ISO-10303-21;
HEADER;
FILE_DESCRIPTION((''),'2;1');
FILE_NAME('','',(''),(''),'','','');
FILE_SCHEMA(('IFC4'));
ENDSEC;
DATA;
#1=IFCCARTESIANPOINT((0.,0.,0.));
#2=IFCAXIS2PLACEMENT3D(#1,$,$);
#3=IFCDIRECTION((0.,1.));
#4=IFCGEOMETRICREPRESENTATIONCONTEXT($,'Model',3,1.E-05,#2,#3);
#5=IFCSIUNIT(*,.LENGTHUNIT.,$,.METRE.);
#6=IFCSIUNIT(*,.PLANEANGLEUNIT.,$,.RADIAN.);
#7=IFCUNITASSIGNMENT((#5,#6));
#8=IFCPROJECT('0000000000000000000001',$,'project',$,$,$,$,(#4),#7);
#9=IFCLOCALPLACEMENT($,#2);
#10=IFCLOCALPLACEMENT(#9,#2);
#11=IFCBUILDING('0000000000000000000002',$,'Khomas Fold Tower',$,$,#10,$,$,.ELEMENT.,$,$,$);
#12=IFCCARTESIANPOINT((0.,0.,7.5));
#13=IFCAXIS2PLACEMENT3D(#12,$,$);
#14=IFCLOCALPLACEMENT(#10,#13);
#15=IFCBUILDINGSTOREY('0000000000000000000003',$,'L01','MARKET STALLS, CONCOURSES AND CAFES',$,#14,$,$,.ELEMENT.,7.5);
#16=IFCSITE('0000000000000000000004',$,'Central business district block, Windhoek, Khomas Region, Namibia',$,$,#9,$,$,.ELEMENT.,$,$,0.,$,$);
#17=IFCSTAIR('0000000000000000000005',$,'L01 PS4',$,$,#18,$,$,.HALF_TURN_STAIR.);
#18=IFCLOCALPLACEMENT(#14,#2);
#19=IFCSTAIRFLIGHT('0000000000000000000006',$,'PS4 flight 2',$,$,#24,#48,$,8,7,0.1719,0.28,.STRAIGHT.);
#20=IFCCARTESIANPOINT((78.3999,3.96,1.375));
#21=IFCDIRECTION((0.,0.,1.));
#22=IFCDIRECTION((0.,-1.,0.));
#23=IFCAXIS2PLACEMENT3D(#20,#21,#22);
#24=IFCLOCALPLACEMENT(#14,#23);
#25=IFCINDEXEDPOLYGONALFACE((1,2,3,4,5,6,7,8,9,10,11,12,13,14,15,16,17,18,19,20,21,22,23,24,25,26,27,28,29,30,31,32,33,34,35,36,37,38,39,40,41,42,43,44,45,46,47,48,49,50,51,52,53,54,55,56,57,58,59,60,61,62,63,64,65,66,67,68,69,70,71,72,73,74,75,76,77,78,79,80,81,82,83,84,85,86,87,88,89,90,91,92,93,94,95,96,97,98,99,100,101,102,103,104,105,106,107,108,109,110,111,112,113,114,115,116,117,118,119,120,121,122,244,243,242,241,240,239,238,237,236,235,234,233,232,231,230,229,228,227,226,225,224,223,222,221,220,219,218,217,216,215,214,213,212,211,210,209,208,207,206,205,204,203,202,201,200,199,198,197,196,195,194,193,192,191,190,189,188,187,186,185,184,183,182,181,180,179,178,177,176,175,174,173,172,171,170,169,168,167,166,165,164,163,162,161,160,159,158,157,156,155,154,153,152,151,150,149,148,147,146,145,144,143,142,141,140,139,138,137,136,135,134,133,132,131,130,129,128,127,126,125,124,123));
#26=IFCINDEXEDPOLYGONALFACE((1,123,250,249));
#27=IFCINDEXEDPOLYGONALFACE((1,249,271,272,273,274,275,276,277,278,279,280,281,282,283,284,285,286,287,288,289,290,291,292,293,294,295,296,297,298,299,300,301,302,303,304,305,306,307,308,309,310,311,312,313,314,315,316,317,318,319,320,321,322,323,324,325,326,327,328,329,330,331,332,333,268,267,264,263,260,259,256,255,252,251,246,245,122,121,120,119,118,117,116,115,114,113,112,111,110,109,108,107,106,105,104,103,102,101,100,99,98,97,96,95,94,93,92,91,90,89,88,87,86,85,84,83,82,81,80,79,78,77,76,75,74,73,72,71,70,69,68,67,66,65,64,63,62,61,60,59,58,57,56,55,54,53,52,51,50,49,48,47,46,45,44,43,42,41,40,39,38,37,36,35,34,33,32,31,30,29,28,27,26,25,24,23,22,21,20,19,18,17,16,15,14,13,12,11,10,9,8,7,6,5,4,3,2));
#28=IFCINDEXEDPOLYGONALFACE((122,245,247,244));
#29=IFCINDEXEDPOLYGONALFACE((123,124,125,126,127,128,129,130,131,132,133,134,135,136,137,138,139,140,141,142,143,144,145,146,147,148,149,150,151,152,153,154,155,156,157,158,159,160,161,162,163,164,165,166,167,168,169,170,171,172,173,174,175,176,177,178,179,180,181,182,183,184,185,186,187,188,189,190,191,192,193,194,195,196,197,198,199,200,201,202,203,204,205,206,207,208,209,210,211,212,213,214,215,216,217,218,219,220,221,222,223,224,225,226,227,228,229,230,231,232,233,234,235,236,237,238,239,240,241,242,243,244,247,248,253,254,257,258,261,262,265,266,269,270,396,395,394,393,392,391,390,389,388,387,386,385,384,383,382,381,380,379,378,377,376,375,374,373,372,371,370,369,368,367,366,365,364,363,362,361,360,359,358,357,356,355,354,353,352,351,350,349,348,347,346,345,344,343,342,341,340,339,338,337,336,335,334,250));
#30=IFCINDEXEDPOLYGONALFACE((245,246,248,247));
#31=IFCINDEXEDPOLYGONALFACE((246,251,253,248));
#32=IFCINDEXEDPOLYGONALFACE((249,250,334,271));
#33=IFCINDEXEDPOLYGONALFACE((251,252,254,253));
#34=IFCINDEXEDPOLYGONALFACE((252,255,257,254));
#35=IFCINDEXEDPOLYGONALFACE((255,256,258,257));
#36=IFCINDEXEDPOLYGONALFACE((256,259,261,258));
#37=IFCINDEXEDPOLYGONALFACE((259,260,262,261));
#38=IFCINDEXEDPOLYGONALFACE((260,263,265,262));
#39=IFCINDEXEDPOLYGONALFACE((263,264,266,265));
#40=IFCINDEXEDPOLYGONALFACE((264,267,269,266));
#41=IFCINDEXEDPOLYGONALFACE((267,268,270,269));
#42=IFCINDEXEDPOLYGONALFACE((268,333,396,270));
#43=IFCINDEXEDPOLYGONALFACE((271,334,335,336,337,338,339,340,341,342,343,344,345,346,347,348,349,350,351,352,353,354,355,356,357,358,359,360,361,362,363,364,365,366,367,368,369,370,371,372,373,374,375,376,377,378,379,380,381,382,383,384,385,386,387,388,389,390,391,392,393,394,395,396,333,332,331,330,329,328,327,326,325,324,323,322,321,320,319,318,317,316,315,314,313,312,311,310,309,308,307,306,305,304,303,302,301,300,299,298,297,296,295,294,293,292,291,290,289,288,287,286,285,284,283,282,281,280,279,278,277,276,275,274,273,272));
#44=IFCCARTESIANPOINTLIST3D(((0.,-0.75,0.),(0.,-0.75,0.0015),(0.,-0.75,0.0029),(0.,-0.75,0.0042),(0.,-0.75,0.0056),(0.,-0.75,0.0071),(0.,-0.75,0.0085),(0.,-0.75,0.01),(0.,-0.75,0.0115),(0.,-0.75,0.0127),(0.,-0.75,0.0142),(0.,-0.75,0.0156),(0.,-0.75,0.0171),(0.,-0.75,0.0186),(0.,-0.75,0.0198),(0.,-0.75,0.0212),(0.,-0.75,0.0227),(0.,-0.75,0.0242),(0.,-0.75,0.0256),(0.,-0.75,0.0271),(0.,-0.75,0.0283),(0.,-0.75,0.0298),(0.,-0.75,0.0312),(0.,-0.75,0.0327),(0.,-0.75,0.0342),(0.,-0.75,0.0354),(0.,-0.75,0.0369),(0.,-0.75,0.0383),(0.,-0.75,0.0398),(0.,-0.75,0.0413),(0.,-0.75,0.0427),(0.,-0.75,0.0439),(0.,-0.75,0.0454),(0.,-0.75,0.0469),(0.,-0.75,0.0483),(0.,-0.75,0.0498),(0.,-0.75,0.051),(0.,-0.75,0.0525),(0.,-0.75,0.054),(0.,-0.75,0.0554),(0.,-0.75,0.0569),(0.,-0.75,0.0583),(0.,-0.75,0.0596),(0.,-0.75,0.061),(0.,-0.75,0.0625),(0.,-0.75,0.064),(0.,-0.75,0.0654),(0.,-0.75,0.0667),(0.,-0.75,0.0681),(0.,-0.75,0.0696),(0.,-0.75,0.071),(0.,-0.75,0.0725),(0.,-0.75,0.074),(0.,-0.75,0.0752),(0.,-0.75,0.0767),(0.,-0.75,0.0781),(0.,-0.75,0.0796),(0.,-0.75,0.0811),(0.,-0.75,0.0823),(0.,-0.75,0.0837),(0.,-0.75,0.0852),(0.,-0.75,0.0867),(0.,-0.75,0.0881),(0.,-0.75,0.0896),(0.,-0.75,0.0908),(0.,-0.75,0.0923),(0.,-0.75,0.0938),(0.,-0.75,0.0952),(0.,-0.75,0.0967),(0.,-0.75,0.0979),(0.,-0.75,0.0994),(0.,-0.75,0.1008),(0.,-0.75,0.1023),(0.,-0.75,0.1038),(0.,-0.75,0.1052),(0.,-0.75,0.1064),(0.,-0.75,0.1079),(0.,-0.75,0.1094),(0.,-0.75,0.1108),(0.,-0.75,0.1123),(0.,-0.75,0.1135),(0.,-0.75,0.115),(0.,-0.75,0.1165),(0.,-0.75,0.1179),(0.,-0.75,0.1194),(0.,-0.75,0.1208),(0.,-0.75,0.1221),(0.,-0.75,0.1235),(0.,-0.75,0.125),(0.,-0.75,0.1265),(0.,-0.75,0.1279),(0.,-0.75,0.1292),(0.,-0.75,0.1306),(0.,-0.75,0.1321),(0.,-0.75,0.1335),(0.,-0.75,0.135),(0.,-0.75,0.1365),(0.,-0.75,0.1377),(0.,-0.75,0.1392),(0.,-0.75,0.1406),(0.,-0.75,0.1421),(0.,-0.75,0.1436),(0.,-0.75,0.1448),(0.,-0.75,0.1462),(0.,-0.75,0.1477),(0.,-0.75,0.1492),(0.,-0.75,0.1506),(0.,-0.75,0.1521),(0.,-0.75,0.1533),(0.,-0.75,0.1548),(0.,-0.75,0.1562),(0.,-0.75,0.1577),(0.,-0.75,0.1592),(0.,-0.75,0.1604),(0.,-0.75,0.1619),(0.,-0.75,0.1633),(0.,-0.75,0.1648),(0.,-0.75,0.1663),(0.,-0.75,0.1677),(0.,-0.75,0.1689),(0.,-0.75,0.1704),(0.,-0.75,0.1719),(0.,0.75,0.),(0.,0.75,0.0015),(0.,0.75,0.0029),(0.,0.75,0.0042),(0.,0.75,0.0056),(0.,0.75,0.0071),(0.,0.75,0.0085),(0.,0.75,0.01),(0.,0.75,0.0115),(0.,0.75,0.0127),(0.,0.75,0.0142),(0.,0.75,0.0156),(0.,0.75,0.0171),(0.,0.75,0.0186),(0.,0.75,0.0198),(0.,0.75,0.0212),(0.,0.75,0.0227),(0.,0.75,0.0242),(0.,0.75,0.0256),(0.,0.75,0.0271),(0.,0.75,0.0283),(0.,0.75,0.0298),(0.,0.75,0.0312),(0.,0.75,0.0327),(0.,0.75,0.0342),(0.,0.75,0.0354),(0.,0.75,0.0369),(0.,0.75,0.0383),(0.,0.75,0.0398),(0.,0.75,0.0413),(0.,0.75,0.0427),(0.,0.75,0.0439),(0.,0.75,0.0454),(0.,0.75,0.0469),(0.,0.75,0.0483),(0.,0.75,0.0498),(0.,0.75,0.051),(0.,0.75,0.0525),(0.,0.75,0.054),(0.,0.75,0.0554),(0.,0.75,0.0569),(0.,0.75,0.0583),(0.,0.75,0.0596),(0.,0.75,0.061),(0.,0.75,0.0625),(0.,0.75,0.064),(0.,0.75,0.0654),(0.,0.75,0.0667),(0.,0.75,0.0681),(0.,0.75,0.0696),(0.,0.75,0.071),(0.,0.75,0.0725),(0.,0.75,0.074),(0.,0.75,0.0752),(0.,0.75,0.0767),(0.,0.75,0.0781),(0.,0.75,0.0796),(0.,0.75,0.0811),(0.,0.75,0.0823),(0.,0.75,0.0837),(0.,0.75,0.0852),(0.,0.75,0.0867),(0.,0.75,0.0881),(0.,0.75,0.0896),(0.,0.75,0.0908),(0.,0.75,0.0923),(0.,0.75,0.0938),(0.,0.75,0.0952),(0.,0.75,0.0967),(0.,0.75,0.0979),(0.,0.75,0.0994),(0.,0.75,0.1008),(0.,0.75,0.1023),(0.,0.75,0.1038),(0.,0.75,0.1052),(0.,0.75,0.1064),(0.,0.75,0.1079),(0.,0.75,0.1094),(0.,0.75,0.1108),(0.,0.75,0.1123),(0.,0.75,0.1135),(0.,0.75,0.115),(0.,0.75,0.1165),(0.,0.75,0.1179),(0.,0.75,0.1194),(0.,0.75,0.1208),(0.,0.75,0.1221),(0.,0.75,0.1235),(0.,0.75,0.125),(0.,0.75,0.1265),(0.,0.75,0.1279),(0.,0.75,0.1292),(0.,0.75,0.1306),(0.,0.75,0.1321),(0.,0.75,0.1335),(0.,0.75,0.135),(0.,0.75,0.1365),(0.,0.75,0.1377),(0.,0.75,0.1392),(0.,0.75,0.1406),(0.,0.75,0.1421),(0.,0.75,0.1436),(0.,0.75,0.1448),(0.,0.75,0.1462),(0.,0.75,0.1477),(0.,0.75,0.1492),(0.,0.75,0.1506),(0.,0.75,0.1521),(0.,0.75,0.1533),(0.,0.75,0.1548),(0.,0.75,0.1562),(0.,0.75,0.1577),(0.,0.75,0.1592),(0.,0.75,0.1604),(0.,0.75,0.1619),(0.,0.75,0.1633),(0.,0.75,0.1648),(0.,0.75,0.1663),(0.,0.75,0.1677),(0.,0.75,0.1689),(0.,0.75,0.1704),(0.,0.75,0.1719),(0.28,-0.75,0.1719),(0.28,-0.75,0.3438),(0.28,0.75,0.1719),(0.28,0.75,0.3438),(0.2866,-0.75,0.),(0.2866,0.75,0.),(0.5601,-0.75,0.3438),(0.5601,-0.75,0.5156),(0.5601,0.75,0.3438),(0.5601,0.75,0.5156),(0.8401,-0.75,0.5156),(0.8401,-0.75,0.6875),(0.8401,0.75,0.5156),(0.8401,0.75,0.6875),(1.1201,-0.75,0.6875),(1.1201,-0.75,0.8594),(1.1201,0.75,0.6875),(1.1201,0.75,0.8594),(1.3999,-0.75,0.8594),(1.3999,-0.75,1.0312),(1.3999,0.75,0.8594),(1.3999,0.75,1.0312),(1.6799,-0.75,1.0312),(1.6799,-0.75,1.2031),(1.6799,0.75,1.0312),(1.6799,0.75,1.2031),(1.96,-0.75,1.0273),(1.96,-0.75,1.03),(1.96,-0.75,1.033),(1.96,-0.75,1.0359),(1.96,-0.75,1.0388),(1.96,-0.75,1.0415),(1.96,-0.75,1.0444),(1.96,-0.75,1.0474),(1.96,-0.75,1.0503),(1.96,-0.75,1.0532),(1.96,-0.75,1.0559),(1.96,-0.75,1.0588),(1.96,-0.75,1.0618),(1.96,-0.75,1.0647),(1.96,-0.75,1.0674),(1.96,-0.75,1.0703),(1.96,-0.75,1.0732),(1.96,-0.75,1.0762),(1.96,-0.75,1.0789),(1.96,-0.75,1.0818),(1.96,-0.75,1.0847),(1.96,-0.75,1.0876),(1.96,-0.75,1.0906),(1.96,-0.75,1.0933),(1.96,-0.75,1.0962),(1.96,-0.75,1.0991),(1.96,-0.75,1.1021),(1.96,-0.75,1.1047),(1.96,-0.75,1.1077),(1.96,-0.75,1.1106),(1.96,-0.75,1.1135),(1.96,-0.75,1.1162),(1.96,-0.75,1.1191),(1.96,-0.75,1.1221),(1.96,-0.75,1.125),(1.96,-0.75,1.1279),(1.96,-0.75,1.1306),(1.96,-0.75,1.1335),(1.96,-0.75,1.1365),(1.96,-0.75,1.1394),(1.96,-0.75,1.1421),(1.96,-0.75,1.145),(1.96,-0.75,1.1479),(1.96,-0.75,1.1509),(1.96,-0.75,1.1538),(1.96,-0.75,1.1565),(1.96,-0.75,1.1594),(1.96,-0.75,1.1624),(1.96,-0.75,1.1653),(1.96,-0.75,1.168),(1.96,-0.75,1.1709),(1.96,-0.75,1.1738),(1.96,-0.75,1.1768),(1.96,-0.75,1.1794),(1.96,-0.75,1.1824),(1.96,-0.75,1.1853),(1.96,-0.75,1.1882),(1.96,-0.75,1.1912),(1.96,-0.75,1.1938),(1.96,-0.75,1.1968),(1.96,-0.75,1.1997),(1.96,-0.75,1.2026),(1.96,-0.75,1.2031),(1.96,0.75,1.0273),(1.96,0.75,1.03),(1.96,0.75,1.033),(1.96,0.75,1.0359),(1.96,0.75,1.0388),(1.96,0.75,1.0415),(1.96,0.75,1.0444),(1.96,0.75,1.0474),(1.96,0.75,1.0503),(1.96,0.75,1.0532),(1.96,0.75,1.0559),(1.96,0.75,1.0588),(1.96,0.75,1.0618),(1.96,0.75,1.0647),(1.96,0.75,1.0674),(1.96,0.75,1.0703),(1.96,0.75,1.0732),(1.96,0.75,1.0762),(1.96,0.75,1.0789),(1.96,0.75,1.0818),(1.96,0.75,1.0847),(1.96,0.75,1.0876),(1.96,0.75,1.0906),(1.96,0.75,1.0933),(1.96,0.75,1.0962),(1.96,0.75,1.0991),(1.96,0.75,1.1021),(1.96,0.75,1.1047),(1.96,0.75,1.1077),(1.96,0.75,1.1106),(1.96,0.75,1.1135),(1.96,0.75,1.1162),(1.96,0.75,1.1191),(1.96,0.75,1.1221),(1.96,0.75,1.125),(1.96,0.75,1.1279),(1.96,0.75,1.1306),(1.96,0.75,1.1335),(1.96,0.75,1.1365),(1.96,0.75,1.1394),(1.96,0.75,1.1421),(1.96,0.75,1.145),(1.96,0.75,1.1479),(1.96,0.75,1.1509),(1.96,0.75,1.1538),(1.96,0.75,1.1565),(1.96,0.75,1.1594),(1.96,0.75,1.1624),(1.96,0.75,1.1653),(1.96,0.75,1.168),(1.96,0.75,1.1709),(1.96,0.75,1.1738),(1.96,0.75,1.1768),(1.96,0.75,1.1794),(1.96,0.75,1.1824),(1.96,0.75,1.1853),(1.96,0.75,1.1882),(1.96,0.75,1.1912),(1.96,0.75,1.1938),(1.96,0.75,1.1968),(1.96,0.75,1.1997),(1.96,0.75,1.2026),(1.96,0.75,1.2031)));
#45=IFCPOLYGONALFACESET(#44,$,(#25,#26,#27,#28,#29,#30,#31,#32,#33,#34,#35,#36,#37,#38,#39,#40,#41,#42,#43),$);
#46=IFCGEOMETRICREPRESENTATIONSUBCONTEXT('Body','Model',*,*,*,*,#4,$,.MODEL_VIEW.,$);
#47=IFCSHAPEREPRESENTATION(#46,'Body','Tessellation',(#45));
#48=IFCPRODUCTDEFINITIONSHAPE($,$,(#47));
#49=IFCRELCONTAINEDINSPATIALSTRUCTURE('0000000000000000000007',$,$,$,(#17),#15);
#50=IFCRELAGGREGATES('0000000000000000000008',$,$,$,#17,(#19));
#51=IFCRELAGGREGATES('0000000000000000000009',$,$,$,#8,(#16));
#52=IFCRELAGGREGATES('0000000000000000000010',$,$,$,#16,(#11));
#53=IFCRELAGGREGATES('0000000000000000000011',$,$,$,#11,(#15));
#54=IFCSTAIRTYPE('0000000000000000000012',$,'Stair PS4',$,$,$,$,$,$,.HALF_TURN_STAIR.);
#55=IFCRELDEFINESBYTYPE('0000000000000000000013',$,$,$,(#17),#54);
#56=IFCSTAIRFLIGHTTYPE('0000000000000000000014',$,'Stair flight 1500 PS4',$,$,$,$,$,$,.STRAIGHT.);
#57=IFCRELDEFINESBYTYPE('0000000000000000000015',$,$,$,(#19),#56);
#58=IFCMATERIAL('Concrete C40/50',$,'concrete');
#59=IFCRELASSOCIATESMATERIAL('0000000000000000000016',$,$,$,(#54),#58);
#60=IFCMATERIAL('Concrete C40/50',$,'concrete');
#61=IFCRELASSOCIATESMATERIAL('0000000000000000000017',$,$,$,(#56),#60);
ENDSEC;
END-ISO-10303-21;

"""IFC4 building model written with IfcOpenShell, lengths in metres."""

from ifc_helpers import new_model, si_unit, direction, frame, origin, place, context, subcontext, project, spatial, polyline, outline, extrude, source, transform, mapped, material, type_object, element, aggregate, save


model = new_model("IFC4")

# Units and contexts
model_context = context("Model", 3, precision=1e-05, world=origin(), true_north=direction((0.0, 1.0)))
body_context = subcontext(model_context, "Body", "Model", "MODEL_VIEW")
ifc_project = project(units=[si_unit("LENGTHUNIT", "METRE"), si_unit("PLANEANGLEUNIT", "RADIAN")], contexts=[model_context])

# Site, building, storey
site_placement = place(None, origin())
site = spatial("IfcSite", under=ifc_project, at=site_placement, Name="Central business district block, Windhoek, Khomas Region, Namibia", CompositionType="ELEMENT", RefElevation=0.0)
building_placement = place(site_placement, origin())
building = spatial("IfcBuilding", under=site, at=building_placement, Name="Khomas Fold Tower", CompositionType="ELEMENT")
storey_placement = place(building_placement, frame((0.0, 0.0, 7.5)))
storey = spatial("IfcBuildingStorey", under=building, at=storey_placement, Name="L01", Description="MARKET STALLS, CONCOURSES AND CAFES", CompositionType="ELEMENT", Elevation=7.5)

# Stair, stair flight
ifc_material_1 = material(Name="Concrete C40/50", Category="concrete")
stair_type = type_object("IfcStairType", Name="Stair PS4", PredefinedType="HALF_TURN_STAIR", material=ifc_material_1)
stair_placement = place(storey_placement, origin())
stair = element("IfcStair", 1, at=stair_placement, inside=storey, type_object=stair_type, Name="L01 PS4", PredefinedType="HALF_TURN_STAIR")
ifc_material_2 = material(Name="Concrete C40/50", Category="concrete")
stair_flight_type = type_object("IfcStairFlightType", Name="Stair flight 1500 PS4", PredefinedType="STRAIGHT", material=ifc_material_2)
shared_shape_1 = source(origin(), body_context, "Body", "SweptSolid", [
    extrude(outline(polyline([(0.0, 0.0), (0.0, 0.0015), (0.0, 0.0029), (0.0, 0.0042), (0.0, 0.0056), (0.0, 0.0071), (0.0, 0.0085), (0.0, 0.01), (0.0, 0.0115), (0.0, 0.0127), (0.0, 0.0142), (0.0, 0.0156), (0.0, 0.0171), (0.0, 0.0186), (0.0, 0.0198), (0.0, 0.0212), (0.0, 0.0227), (0.0, 0.0242), (0.0, 0.0256), (0.0, 0.0271), (0.0, 0.0283), (0.0, 0.0298), (0.0, 0.0312), (0.0, 0.0327), (0.0, 0.0342), (0.0, 0.0354), (0.0, 0.0369), (0.0, 0.0383), (0.0, 0.0398), (0.0, 0.0413), (0.0, 0.0427), (0.0, 0.0439), (0.0, 0.0454), (0.0, 0.0469), (0.0, 0.0483), (0.0, 0.0498), (0.0, 0.051), (0.0, 0.0525), (0.0, 0.054), (0.0, 0.0554), (0.0, 0.0569), (0.0, 0.0583), (0.0, 0.0596), (0.0, 0.061), (0.0, 0.0625), (0.0, 0.064), (0.0, 0.0654), (0.0, 0.0667), (0.0, 0.0681), (0.0, 0.0696), (0.0, 0.071), (0.0, 0.0725), (0.0, 0.074), (0.0, 0.0752), (0.0, 0.0767), (0.0, 0.0781), (0.0, 0.0796), (0.0, 0.0811), (0.0, 0.0823), (0.0, 0.0837), (0.0, 0.0852), (0.0, 0.0867), (0.0, 0.0881), (0.0, 0.0896), (0.0, 0.0908), (0.0, 0.0923), (0.0, 0.0938), (0.0, 0.0952), (0.0, 0.0967), (0.0, 0.0979), (0.0, 0.0994), (0.0, 0.1008), (0.0, 0.1023), (0.0, 0.1038), (0.0, 0.1052), (0.0, 0.1064), (0.0, 0.1079), (0.0, 0.1094), (0.0, 0.1108), (0.0, 0.1123), (0.0, 0.1135), (0.0, 0.115), (0.0, 0.1165), (0.0, 0.1179), (0.0, 0.1194), (0.0, 0.1208), (0.0, 0.1221), (0.0, 0.1235), (0.0, 0.125), (0.0, 0.1265), (0.0, 0.1279), (0.0, 0.1292), (0.0, 0.1306), (0.0, 0.1321), (0.0, 0.1335), (0.0, 0.135), (0.0, 0.1365), (0.0, 0.1377), (0.0, 0.1392), (0.0, 0.1406), (0.0, 0.1421), (0.0, 0.1436), (0.0, 0.1448), (0.0, 0.1462), (0.0, 0.1477), (0.0, 0.1492), (0.0, 0.1506), (0.0, 0.1521), (0.0, 0.1533), (0.0, 0.1548), (0.0, 0.1562), (0.0, 0.1577), (0.0, 0.1592), (0.0, 0.1604), (0.0, 0.1619), (0.0, 0.1633), (0.0, 0.1648), (0.0, 0.1663), (0.0, 0.1677), (0.0, 0.1689), (0.0, 0.1704), (0.0, 0.1719), (0.28, 0.1719), (0.28, 0.3438), (0.5601, 0.3438), (0.5601, 0.5156), (0.8401, 0.5156), (0.8401, 0.6875), (1.1201, 0.6875), (1.1201, 0.8594), (1.3999, 0.8594), (1.3999, 1.0312), (1.6799, 1.0312), (1.6799, 1.2031), (1.96, 1.2031), (1.96, 1.375), (1.96, 1.3721), (1.96, 1.3691), (1.96, 1.3665), (1.96, 1.3635), (1.96, 1.3606), (1.96, 1.3577), (1.96, 1.355), (1.96, 1.3521), (1.96, 1.3491), (1.96, 1.3462), (1.96, 1.3435), (1.96, 1.3406), (1.96, 1.3376), (1.96, 1.3347), (1.96, 1.3318), (1.96, 1.3291), (1.96, 1.3262), (1.96, 1.3232), (1.96, 1.3203), (1.96, 1.3176), (1.96, 1.3147), (1.96, 1.3118), (1.96, 1.3088), (1.96, 1.3059), (1.96, 1.3032), (1.96, 1.3003), (1.96, 1.2974), (1.96, 1.2944), (1.96, 1.2917), (1.96, 1.2888), (1.96, 1.2859), (1.96, 1.283), (1.96, 1.2803), (1.96, 1.2773), (1.96, 1.2744), (1.96, 1.2715), (1.96, 1.2686), (1.96, 1.2659), (1.96, 1.2629), (1.96, 1.26), (1.96, 1.2571), (1.96, 1.2544), (1.96, 1.2515), (1.96, 1.2485), (1.96, 1.2456), (1.96, 1.2427), (1.96, 1.24), (1.96, 1.2371), (1.96, 1.2341), (1.96, 1.2312), (1.96, 1.2285), (1.96, 1.2256), (1.96, 1.2227), (1.96, 1.2197), (1.96, 1.217), (1.96, 1.2141), (1.96, 1.2112), (1.96, 1.2083), (1.96, 1.2053), (1.96, 1.2026), (1.96, 1.1997), (1.96, 1.1968), (1.96, 1.1938), (1.96, 1.1912), (1.96, 1.1882), (1.96, 1.1853), (1.96, 1.1824), (1.96, 1.1794), (1.96, 1.1768), (1.96, 1.1738), (1.96, 1.1709), (1.96, 1.168), (1.96, 1.1653), (1.96, 1.1624), (1.96, 1.1594), (1.96, 1.1565), (1.96, 1.1538), (1.96, 1.1509), (1.96, 1.1479), (1.96, 1.145), (1.96, 1.1421), (1.96, 1.1394), (1.96, 1.1365), (1.96, 1.1335), (1.96, 1.1306), (1.96, 1.1279), (1.96, 1.125), (1.96, 1.1221), (1.96, 1.1191), (1.96, 1.1162), (1.96, 1.1135), (1.96, 1.1106), (1.96, 1.1077), (1.96, 1.1047), (1.96, 1.1021), (1.96, 1.0991), (1.96, 1.0962), (1.96, 1.0933), (1.96, 1.0906), (1.96, 1.0876), (1.96, 1.0847), (1.96, 1.0818), (1.96, 1.0789), (1.96, 1.0762), (1.96, 1.0732), (1.96, 1.0703), (1.96, 1.0674), (1.96, 1.0647), (1.96, 1.0618), (1.96, 1.0588), (1.96, 1.0559), (1.96, 1.0532), (1.96, 1.0503), (1.96, 1.0474), (1.96, 1.0444), (1.96, 1.0415), (1.96, 1.0388), (1.96, 1.0359), (1.96, 1.033), (1.96, 1.03), (1.96, 1.0273), (0.2866, 0.0), (0.0, 0.0)])), frame((0.0, 0.75, 0.0), z_axis=(0.0, -1.0, 0.0), x_axis=(1.0, 0.0, 0.0)), (0.0, 0.0, 1.0), 1.5),
])
stair_flight_1_placement = place(storey_placement, frame((78.3999, 3.96, 1.375), z_axis=(0.0, 0.0, 1.0), x_axis=(0.0, -1.0, 0.0)))
stair_flight_1 = element("IfcStairFlight", 2, at=stair_flight_1_placement, type_object=stair_flight_type, Name="PS4 flight 2", NumberOfRisers=8, NumberOfTreads=7, PredefinedType="STRAIGHT", RiserHeight=0.1719, TreadLength=0.28, context=body_context, shape_type="MappedRepresentation", body=[
    mapped(shared_shape_1, transform((0.0, 0.0, 0.0))),
])
aggregate(stair, [stair_flight_1])

save(model, "model.ifc")
